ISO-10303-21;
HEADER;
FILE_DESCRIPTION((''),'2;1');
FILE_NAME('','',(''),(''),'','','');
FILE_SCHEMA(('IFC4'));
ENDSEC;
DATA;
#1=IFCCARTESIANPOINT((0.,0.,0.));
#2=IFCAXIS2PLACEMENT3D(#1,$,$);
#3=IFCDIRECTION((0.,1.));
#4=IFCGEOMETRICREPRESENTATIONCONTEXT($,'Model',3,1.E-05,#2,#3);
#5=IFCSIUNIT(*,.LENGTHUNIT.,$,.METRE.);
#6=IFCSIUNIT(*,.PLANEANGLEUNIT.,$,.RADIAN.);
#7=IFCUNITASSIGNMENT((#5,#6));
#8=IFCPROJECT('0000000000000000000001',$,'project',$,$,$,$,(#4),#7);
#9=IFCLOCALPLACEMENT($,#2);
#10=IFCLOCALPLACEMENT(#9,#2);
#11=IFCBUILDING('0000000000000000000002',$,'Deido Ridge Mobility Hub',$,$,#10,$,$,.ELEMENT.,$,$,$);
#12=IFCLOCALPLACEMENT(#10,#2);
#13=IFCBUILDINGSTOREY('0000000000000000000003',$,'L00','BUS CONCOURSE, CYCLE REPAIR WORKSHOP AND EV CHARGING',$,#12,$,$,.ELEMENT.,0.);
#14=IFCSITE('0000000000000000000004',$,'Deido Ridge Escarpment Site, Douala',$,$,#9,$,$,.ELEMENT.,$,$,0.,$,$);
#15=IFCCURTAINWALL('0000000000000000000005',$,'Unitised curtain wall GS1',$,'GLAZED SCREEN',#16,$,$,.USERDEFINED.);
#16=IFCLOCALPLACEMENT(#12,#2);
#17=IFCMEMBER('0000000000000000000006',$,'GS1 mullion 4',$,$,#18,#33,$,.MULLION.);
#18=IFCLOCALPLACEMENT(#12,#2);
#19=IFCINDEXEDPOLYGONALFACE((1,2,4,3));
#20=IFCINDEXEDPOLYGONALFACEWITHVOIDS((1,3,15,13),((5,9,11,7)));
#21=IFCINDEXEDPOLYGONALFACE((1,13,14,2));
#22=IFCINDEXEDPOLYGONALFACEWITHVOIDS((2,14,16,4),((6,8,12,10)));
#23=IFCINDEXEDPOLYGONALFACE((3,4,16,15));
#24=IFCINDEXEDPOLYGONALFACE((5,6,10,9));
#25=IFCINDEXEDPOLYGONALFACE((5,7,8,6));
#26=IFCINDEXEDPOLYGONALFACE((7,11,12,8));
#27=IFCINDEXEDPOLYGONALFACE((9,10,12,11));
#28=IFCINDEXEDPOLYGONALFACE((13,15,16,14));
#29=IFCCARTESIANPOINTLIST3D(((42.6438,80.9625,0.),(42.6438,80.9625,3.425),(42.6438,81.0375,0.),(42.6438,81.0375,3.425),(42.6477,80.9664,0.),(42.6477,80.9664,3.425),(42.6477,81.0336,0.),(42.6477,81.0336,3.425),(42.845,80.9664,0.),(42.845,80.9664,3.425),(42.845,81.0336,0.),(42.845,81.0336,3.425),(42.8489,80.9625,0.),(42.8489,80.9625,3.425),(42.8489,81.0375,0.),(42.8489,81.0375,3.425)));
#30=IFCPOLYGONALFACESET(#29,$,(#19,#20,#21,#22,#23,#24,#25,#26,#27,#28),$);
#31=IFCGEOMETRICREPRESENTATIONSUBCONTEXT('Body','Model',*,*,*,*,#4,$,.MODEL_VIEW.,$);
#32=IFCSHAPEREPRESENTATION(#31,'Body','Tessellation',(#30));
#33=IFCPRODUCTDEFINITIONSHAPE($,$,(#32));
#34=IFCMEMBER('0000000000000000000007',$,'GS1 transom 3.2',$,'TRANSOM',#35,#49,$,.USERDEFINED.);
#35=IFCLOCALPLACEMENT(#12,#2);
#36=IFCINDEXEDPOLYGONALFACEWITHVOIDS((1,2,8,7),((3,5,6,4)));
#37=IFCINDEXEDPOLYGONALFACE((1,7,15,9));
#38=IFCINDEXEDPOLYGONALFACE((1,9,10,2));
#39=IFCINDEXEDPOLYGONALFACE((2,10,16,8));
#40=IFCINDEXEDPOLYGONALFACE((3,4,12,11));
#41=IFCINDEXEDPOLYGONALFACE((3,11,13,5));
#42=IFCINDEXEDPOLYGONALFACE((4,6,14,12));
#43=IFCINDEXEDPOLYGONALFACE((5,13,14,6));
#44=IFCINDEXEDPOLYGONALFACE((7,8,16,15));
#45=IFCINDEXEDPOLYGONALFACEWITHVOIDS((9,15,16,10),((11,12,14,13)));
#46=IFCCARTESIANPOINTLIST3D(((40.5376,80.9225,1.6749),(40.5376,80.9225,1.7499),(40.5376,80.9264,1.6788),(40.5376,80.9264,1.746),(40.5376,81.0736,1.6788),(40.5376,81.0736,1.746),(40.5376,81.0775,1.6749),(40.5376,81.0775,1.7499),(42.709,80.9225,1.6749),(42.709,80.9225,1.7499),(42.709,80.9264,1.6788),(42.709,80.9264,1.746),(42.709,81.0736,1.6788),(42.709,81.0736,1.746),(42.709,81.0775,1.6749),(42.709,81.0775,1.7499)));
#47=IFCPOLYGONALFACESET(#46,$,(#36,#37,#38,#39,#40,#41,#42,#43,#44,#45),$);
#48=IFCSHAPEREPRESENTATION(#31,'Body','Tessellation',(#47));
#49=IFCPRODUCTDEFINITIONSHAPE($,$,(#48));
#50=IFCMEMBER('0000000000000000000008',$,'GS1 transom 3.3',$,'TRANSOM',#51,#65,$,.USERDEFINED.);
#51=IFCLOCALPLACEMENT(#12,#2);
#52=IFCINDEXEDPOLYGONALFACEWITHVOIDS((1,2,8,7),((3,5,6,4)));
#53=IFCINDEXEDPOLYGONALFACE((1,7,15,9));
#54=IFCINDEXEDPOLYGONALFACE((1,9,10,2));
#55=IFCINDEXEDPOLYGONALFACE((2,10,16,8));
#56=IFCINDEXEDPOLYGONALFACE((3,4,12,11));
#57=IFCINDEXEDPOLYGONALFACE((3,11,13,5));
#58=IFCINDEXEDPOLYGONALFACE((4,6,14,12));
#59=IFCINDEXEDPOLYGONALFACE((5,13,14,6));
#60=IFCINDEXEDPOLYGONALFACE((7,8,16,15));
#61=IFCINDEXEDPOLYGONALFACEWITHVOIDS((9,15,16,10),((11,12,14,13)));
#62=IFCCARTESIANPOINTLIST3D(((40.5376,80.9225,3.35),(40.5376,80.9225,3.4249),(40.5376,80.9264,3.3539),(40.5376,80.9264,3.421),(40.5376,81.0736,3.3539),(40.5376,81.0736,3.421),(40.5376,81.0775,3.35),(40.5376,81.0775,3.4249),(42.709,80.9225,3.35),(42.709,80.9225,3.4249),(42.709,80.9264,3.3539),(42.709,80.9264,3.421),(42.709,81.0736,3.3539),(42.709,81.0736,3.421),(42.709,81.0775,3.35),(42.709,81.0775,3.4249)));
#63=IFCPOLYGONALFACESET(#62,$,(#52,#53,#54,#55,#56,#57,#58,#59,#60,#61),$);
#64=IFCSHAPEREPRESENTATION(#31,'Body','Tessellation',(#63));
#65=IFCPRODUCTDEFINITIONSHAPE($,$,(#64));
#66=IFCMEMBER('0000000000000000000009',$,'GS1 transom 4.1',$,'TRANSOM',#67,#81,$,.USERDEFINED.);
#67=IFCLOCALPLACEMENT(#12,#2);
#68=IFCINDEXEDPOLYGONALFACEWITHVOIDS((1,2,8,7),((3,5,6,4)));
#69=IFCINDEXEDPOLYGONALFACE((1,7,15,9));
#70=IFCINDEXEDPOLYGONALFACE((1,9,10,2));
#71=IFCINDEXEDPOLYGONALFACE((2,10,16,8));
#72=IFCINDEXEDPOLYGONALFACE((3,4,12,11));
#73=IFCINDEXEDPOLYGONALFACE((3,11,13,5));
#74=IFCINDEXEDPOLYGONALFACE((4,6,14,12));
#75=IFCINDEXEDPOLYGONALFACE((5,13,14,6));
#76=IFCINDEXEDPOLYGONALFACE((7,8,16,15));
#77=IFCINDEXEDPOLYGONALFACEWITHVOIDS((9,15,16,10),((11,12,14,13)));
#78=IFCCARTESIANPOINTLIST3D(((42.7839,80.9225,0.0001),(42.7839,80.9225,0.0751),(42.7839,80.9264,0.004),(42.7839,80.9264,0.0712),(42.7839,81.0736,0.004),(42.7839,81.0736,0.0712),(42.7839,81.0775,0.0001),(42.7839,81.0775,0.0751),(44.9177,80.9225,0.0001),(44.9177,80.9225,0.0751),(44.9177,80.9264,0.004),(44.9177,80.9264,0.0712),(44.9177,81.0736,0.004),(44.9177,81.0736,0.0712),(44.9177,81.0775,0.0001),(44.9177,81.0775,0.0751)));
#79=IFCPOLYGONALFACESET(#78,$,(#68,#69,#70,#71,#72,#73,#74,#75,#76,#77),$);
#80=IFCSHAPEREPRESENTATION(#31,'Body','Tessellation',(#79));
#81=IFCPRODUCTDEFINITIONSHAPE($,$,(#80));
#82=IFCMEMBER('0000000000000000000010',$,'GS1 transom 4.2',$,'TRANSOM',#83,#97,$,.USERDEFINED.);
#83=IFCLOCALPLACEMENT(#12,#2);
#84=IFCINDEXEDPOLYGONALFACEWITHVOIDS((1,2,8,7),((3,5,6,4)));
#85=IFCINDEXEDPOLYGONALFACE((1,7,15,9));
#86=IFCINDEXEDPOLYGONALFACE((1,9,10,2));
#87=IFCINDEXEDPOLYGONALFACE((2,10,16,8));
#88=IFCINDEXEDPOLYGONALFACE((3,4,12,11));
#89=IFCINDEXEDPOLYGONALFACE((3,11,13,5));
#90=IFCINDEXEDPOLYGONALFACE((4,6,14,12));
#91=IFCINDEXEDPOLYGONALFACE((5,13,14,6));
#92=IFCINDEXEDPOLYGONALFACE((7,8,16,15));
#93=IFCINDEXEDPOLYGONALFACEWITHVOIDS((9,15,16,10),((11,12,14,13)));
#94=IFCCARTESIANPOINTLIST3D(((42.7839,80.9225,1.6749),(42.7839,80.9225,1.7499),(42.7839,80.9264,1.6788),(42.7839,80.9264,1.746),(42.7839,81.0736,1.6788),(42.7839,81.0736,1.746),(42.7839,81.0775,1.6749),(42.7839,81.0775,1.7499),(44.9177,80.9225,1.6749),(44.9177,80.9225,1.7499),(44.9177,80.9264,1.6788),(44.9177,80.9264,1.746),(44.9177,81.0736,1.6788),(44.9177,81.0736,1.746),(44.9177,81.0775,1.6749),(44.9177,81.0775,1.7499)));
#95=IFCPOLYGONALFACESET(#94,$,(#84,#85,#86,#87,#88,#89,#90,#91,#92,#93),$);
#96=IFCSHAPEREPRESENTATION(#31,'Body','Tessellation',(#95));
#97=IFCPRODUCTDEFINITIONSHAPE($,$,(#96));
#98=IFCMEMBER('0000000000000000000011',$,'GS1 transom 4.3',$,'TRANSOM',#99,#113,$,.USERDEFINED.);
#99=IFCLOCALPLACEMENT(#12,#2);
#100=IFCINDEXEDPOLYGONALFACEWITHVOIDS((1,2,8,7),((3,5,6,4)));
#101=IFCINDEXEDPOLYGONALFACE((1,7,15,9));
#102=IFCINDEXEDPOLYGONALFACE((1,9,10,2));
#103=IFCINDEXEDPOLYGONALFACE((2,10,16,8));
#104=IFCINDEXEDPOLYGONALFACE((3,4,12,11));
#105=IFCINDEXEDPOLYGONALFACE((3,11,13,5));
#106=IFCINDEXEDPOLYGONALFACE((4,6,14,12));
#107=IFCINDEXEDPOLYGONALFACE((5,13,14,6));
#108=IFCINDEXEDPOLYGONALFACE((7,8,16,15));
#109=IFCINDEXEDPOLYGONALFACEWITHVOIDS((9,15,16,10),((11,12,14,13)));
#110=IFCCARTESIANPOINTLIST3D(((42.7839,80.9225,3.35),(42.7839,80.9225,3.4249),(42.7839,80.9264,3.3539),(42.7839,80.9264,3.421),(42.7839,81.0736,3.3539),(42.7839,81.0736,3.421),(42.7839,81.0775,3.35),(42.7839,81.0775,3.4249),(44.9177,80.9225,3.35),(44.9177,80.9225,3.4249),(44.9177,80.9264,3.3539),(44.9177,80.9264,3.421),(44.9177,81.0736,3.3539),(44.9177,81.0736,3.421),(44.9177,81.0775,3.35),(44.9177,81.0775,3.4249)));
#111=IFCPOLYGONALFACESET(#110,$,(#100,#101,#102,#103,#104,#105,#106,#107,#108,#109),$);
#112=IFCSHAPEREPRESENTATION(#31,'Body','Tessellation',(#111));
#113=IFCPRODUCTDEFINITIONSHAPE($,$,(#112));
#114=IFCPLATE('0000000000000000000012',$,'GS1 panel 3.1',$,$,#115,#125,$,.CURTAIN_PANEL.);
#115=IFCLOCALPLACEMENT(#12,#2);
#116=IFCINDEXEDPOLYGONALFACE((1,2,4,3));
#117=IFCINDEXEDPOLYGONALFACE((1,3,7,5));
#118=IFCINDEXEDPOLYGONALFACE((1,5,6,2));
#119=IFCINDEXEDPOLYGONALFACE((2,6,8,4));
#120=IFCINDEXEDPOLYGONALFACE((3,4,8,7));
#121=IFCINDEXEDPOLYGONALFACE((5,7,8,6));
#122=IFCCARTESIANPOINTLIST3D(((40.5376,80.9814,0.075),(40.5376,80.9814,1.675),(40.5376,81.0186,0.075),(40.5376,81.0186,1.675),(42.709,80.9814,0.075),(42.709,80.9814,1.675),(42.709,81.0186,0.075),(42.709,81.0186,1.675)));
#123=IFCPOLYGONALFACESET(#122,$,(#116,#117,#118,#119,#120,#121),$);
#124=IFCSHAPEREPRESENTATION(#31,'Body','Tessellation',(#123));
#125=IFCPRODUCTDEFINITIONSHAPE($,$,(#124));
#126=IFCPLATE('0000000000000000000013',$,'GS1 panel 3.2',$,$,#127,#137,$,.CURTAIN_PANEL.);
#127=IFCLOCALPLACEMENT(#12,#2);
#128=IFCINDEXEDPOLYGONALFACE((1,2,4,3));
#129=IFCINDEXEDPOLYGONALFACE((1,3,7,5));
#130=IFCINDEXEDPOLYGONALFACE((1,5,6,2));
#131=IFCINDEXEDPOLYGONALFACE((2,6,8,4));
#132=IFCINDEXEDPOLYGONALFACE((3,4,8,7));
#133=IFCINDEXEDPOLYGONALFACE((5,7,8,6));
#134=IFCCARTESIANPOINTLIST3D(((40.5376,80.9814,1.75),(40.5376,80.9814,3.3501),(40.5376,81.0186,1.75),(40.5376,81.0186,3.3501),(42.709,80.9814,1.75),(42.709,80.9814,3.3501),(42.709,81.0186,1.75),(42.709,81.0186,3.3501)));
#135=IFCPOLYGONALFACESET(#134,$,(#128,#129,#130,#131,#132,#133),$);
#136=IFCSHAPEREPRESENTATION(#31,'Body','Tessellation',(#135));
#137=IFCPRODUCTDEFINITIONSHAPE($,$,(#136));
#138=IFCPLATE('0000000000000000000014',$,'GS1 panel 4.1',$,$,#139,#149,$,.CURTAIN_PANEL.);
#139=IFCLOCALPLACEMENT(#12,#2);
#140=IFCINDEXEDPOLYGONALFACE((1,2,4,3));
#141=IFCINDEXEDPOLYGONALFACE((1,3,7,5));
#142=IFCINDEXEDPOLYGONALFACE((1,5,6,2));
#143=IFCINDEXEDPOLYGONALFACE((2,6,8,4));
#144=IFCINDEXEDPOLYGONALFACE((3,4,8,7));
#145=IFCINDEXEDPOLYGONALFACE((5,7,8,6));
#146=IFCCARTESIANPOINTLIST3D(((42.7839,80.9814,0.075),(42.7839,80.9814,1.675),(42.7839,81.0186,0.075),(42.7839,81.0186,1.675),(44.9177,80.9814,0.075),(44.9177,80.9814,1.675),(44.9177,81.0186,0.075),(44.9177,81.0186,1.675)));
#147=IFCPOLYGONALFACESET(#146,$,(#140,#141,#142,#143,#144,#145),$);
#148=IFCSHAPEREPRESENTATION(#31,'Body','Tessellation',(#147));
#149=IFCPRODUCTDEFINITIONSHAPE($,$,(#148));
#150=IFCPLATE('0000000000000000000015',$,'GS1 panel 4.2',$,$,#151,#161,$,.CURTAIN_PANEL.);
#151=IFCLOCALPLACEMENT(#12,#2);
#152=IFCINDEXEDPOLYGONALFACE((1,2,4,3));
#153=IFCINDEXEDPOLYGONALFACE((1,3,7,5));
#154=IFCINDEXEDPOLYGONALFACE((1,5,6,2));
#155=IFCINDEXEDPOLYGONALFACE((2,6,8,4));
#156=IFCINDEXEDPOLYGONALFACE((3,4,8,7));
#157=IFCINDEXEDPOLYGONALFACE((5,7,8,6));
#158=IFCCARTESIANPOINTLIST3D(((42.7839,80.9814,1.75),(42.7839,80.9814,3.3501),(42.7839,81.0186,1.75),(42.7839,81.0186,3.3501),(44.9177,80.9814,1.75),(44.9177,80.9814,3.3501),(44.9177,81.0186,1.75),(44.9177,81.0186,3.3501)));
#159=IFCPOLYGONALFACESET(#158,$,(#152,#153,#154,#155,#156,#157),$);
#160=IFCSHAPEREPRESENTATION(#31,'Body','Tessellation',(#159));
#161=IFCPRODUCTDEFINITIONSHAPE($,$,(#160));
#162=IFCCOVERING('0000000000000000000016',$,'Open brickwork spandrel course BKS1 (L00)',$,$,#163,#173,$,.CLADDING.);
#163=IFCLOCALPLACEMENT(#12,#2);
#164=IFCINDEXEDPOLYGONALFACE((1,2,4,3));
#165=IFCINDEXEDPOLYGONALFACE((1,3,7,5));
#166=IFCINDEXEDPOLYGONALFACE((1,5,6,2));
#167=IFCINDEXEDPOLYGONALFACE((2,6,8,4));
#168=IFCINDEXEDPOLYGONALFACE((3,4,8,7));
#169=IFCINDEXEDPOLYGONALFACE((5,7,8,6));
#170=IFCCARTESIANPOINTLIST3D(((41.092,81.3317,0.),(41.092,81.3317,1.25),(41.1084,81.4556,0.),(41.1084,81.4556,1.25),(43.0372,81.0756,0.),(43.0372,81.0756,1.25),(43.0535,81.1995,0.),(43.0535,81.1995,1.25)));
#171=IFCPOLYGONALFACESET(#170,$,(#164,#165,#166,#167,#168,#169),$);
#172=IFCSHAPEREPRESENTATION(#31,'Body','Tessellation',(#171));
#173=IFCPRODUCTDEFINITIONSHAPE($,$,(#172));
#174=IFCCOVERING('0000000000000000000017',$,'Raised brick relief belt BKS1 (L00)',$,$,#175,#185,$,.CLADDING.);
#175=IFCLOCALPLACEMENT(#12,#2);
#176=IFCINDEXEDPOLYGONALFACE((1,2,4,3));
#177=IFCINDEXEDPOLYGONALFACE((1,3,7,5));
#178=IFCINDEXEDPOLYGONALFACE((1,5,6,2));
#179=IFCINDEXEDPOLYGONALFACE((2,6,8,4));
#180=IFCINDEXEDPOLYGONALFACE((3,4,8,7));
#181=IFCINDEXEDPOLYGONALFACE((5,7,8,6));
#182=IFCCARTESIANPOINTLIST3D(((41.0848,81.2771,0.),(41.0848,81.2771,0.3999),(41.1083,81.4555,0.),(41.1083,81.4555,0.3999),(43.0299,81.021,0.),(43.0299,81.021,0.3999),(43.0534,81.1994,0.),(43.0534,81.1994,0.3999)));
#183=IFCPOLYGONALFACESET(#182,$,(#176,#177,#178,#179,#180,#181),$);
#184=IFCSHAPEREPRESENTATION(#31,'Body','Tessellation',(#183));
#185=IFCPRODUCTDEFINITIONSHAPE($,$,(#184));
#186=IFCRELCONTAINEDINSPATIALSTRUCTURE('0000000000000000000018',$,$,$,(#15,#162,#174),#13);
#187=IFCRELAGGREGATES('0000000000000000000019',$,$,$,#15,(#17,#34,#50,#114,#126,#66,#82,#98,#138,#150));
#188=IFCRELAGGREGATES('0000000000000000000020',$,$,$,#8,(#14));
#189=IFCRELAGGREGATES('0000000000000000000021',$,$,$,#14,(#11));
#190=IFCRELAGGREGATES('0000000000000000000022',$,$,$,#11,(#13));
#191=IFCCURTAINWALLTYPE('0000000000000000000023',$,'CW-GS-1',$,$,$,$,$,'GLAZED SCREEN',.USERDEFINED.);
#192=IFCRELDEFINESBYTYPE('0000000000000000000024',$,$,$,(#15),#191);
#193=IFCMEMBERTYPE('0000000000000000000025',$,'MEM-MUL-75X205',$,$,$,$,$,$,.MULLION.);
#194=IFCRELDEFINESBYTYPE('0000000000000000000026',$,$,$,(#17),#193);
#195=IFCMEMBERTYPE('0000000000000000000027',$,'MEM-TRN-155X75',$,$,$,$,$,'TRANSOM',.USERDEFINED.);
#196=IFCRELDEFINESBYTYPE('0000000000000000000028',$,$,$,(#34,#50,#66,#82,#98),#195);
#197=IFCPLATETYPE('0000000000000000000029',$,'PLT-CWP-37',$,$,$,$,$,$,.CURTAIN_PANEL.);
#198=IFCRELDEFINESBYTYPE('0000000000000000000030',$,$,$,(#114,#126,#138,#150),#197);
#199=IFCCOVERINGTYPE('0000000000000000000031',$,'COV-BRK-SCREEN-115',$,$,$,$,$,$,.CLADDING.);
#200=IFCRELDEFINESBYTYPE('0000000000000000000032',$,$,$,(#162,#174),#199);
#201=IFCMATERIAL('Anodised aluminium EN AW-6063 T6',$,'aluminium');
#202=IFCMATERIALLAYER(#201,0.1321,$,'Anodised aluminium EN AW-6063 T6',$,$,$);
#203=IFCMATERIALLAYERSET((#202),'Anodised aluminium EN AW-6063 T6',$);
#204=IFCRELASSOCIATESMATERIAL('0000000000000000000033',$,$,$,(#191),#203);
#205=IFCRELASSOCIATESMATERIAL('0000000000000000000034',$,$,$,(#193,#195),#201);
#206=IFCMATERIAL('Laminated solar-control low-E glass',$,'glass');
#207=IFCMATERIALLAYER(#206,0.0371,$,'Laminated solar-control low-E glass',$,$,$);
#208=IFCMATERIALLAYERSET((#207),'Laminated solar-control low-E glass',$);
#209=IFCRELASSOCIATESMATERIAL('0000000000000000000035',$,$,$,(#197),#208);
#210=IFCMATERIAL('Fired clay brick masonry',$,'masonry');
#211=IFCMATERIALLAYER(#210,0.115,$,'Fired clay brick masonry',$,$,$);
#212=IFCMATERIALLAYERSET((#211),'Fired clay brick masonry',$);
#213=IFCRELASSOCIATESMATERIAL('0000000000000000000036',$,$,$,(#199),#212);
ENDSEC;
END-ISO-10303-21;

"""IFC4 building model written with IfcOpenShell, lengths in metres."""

from ifc_helpers import new_model, si_unit, direction, frame, origin, origin_2d, place, context, subcontext, project, spatial, rectangle, hollow_rectangle, extrude, material, layer, layer_set, material_profile, profile_set, type_object, element, aggregate, save


model = new_model("IFC4")

# Units and contexts
model_context = context("Model", 3, precision=1e-05, world=origin(), true_north=direction((0.0, 1.0)))
body_context = subcontext(model_context, "Body", "Model", "MODEL_VIEW")
ifc_project = project(units=[si_unit("LENGTHUNIT", "METRE"), si_unit("PLANEANGLEUNIT", "RADIAN")], contexts=[model_context])

# Site, building, storey
site_placement = place(None, origin())
site = spatial("IfcSite", under=ifc_project, at=site_placement, Name="Deido Ridge Escarpment Site, Douala", CompositionType="ELEMENT", RefElevation=0.0)
building_placement = place(site_placement, origin())
building = spatial("IfcBuilding", under=site, at=building_placement, Name="Deido Ridge Mobility Hub", CompositionType="ELEMENT")
storey_placement = place(building_placement, origin())
storey = spatial("IfcBuildingStorey", under=building, at=storey_placement, Name="L00", Description="BUS CONCOURSE, CYCLE REPAIR WORKSHOP AND EV CHARGING", CompositionType="ELEMENT", Elevation=0.0)

# Curtain wall, members, plates
ifc_material_1 = material(Name="Anodised aluminium EN AW-6063 T6", Category="aluminium")
ifc_layer_1 = layer(ifc_material_1, 0.1321, Name="Anodised aluminium EN AW-6063 T6")
ifc_layer_set_1 = layer_set([ifc_layer_1], Name="Anodised aluminium EN AW-6063 T6")
curtain_wall_type = type_object("IfcCurtainWallType", Name="CW-GS-1", ElementType="GLAZED SCREEN", PredefinedType="USERDEFINED", material=ifc_layer_set_1)
curtain_wall_placement = place(storey_placement, origin())
curtain_wall = element("IfcCurtainWall", 1, at=curtain_wall_placement, inside=storey, type_object=curtain_wall_type, Name="Unitised curtain wall GS1", ObjectType="GLAZED SCREEN", PredefinedType="USERDEFINED")
ifc_material_profile_1 = material_profile(ifc_material_1, hollow_rectangle(XDim=0.075, YDim=0.2051, WallThickness=0.0039, at=origin_2d()), Name="RHS 75x205x4")
ifc_profile_set_1 = profile_set([ifc_material_profile_1], Name="Anodised aluminium EN AW-6063 T6")
member_type_1 = type_object("IfcMemberType", Name="MEM-MUL-75X205", PredefinedType="MULLION", material=ifc_profile_set_1)
member_1_placement = place(storey_placement, frame((42.7463, 81.0, 0.0), z_axis=(0.0, 0.0, 1.0), x_axis=(0.0, 1.0, 0.0)))
member_1 = element("IfcMember", 2, at=member_1_placement, type_object=member_type_1, Name="GS1 mullion 4", PredefinedType="MULLION", context=body_context, shape_type="SweptSolid", body=[
    extrude(hollow_rectangle(XDim=0.075, YDim=0.2051, WallThickness=0.0039, at=origin_2d()), origin(), (0.0, 0.0, 1.0), 3.425),
])
ifc_material_profile_2 = material_profile(ifc_material_1, hollow_rectangle(XDim=0.155, YDim=0.075, WallThickness=0.0039, at=origin_2d()), Name="RHS 155x75x4")
ifc_profile_set_2 = profile_set([ifc_material_profile_2], Name="Anodised aluminium EN AW-6063 T6")
member_type_2 = type_object("IfcMemberType", Name="MEM-TRN-155X75", ElementType="TRANSOM", PredefinedType="USERDEFINED", material=ifc_profile_set_2)
member_2_placement = place(storey_placement, frame((40.5376, 81.0, 1.7124), z_axis=(1.0, 0.0, 0.0), x_axis=(0.0, 1.0, 0.0)))
member_2 = element("IfcMember", 3, at=member_2_placement, type_object=member_type_2, Name="GS1 transom 3.2", ObjectType="TRANSOM", PredefinedType="USERDEFINED", context=body_context, shape_type="SweptSolid", body=[
    extrude(hollow_rectangle(XDim=0.155, YDim=0.075, WallThickness=0.0039, at=origin_2d()), origin(), (0.0, 0.0, 1.0), 2.1714),
])
member_3_placement = place(storey_placement, frame((40.5376, 81.0, 3.3875), z_axis=(1.0, 0.0, 0.0), x_axis=(0.0, 1.0, 0.0)))
member_3 = element("IfcMember", 4, at=member_3_placement, type_object=member_type_2, Name="GS1 transom 3.3", ObjectType="TRANSOM", PredefinedType="USERDEFINED", context=body_context, shape_type="SweptSolid", body=[
    extrude(hollow_rectangle(XDim=0.155, YDim=0.075, WallThickness=0.0039, at=origin_2d()), origin(), (0.0, 0.0, 1.0), 2.1714),
])
member_4_placement = place(storey_placement, frame((42.7839, 81.0, 0.0376), z_axis=(1.0, 0.0, 0.0), x_axis=(0.0, 1.0, 0.0)))
member_4 = element("IfcMember", 5, at=member_4_placement, type_object=member_type_2, Name="GS1 transom 4.1", ObjectType="TRANSOM", PredefinedType="USERDEFINED", context=body_context, shape_type="SweptSolid", body=[
    extrude(hollow_rectangle(XDim=0.155, YDim=0.075, WallThickness=0.0039, at=origin_2d()), origin(), (0.0, 0.0, 1.0), 2.1338),
])
member_5_placement = place(storey_placement, frame((42.7839, 81.0, 1.7124), z_axis=(1.0, 0.0, 0.0), x_axis=(0.0, 1.0, 0.0)))
member_5 = element("IfcMember", 6, at=member_5_placement, type_object=member_type_2, Name="GS1 transom 4.2", ObjectType="TRANSOM", PredefinedType="USERDEFINED", context=body_context, shape_type="SweptSolid", body=[
    extrude(hollow_rectangle(XDim=0.155, YDim=0.075, WallThickness=0.0039, at=origin_2d()), origin(), (0.0, 0.0, 1.0), 2.1338),
])
member_6_placement = place(storey_placement, frame((42.7839, 81.0, 3.3875), z_axis=(1.0, 0.0, 0.0), x_axis=(0.0, 1.0, 0.0)))
member_6 = element("IfcMember", 7, at=member_6_placement, type_object=member_type_2, Name="GS1 transom 4.3", ObjectType="TRANSOM", PredefinedType="USERDEFINED", context=body_context, shape_type="SweptSolid", body=[
    extrude(hollow_rectangle(XDim=0.155, YDim=0.075, WallThickness=0.0039, at=origin_2d()), origin(), (0.0, 0.0, 1.0), 2.1338),
])
ifc_material_2 = material(Name="Laminated solar-control low-E glass", Category="glass")
ifc_layer_2 = layer(ifc_material_2, 0.0371, Name="Laminated solar-control low-E glass")
ifc_layer_set_2 = layer_set([ifc_layer_2], Name="Laminated solar-control low-E glass")
plate_type = type_object("IfcPlateType", Name="PLT-CWP-37", PredefinedType="CURTAIN_PANEL", material=ifc_layer_set_2)
plate_1_placement = place(storey_placement, frame((41.6233, 81.0, 0.075), z_axis=(0.0, 0.0, 1.0), x_axis=(1.0, 0.0, 0.0)))
plate_1 = element("IfcPlate", 8, at=plate_1_placement, type_object=plate_type, Name="GS1 panel 3.1", PredefinedType="CURTAIN_PANEL", context=body_context, shape_type="SweptSolid", body=[
    extrude(rectangle(XDim=2.1714, YDim=0.0371, at=origin_2d()), origin(), (0.0, 0.0, 1.0), 1.6001),
])
plate_2_placement = place(storey_placement, frame((41.6233, 81.0, 1.75), z_axis=(0.0, 0.0, 1.0), x_axis=(1.0, 0.0, 0.0)))
plate_2 = element("IfcPlate", 9, at=plate_2_placement, type_object=plate_type, Name="GS1 panel 3.2", PredefinedType="CURTAIN_PANEL", context=body_context, shape_type="SweptSolid", body=[
    extrude(rectangle(XDim=2.1714, YDim=0.0371, at=origin_2d()), origin(), (0.0, 0.0, 1.0), 1.6001),
])
plate_3_placement = place(storey_placement, frame((43.8508, 81.0, 0.075), z_axis=(0.0, 0.0, 1.0), x_axis=(1.0, 0.0, 0.0)))
plate_3 = element("IfcPlate", 10, at=plate_3_placement, type_object=plate_type, Name="GS1 panel 4.1", PredefinedType="CURTAIN_PANEL", context=body_context, shape_type="SweptSolid", body=[
    extrude(rectangle(XDim=2.1338, YDim=0.0371, at=origin_2d()), origin(), (0.0, 0.0, 1.0), 1.6001),
])
plate_4_placement = place(storey_placement, frame((43.8508, 81.0, 1.75), z_axis=(0.0, 0.0, 1.0), x_axis=(1.0, 0.0, 0.0)))
plate_4 = element("IfcPlate", 11, at=plate_4_placement, type_object=plate_type, Name="GS1 panel 4.2", PredefinedType="CURTAIN_PANEL", context=body_context, shape_type="SweptSolid", body=[
    extrude(rectangle(XDim=2.1338, YDim=0.0371, at=origin_2d()), origin(), (0.0, 0.0, 1.0), 1.6001),
])
aggregate(curtain_wall, [member_1, member_2, member_3, plate_1, plate_2, member_4, member_5, member_6, plate_3, plate_4])

# Coverings
ifc_material_3 = material(Name="Fired clay brick masonry", Category="masonry")
ifc_layer_3 = layer(ifc_material_3, 0.115, Name="Fired clay brick masonry")
ifc_layer_set_3 = layer_set([ifc_layer_3], Name="Fired clay brick masonry")
covering_type = type_object("IfcCoveringType", Name="COV-BRK-SCREEN-115", PredefinedType="CLADDING", material=ifc_layer_set_3)
covering_1_placement = place(storey_placement, frame((42.0728, 81.2656, 0.0), z_axis=(0.0, 0.0, 1.0), x_axis=(0.991443, -0.130543, 0.0)))
element("IfcCovering", 12, at=covering_1_placement, inside=storey, type_object=covering_type, Name="Open brickwork spandrel course BKS1 (L00)", PredefinedType="CLADDING", context=body_context, shape_type="SweptSolid", body=[
    extrude(rectangle(XDim=1.9619, YDim=0.125, at=origin_2d()), origin(), (0.0, 0.0, 1.0), 1.25),
])
covering_2_placement = place(storey_placement, frame((42.0691, 81.2383, 0.0), z_axis=(0.0, 0.0, 1.0), x_axis=(0.991443, -0.130543, 0.0)))
element("IfcCovering", 13, at=covering_2_placement, inside=storey, type_object=covering_type, Name="Raised brick relief belt BKS1 (L00)", PredefinedType="CLADDING", context=body_context, shape_type="SweptSolid", body=[
    extrude(rectangle(XDim=1.9619, YDim=0.1799, at=origin_2d()), origin(), (0.0, 0.0, 1.0), 0.3999),
])

save(model, "model.ifc")
